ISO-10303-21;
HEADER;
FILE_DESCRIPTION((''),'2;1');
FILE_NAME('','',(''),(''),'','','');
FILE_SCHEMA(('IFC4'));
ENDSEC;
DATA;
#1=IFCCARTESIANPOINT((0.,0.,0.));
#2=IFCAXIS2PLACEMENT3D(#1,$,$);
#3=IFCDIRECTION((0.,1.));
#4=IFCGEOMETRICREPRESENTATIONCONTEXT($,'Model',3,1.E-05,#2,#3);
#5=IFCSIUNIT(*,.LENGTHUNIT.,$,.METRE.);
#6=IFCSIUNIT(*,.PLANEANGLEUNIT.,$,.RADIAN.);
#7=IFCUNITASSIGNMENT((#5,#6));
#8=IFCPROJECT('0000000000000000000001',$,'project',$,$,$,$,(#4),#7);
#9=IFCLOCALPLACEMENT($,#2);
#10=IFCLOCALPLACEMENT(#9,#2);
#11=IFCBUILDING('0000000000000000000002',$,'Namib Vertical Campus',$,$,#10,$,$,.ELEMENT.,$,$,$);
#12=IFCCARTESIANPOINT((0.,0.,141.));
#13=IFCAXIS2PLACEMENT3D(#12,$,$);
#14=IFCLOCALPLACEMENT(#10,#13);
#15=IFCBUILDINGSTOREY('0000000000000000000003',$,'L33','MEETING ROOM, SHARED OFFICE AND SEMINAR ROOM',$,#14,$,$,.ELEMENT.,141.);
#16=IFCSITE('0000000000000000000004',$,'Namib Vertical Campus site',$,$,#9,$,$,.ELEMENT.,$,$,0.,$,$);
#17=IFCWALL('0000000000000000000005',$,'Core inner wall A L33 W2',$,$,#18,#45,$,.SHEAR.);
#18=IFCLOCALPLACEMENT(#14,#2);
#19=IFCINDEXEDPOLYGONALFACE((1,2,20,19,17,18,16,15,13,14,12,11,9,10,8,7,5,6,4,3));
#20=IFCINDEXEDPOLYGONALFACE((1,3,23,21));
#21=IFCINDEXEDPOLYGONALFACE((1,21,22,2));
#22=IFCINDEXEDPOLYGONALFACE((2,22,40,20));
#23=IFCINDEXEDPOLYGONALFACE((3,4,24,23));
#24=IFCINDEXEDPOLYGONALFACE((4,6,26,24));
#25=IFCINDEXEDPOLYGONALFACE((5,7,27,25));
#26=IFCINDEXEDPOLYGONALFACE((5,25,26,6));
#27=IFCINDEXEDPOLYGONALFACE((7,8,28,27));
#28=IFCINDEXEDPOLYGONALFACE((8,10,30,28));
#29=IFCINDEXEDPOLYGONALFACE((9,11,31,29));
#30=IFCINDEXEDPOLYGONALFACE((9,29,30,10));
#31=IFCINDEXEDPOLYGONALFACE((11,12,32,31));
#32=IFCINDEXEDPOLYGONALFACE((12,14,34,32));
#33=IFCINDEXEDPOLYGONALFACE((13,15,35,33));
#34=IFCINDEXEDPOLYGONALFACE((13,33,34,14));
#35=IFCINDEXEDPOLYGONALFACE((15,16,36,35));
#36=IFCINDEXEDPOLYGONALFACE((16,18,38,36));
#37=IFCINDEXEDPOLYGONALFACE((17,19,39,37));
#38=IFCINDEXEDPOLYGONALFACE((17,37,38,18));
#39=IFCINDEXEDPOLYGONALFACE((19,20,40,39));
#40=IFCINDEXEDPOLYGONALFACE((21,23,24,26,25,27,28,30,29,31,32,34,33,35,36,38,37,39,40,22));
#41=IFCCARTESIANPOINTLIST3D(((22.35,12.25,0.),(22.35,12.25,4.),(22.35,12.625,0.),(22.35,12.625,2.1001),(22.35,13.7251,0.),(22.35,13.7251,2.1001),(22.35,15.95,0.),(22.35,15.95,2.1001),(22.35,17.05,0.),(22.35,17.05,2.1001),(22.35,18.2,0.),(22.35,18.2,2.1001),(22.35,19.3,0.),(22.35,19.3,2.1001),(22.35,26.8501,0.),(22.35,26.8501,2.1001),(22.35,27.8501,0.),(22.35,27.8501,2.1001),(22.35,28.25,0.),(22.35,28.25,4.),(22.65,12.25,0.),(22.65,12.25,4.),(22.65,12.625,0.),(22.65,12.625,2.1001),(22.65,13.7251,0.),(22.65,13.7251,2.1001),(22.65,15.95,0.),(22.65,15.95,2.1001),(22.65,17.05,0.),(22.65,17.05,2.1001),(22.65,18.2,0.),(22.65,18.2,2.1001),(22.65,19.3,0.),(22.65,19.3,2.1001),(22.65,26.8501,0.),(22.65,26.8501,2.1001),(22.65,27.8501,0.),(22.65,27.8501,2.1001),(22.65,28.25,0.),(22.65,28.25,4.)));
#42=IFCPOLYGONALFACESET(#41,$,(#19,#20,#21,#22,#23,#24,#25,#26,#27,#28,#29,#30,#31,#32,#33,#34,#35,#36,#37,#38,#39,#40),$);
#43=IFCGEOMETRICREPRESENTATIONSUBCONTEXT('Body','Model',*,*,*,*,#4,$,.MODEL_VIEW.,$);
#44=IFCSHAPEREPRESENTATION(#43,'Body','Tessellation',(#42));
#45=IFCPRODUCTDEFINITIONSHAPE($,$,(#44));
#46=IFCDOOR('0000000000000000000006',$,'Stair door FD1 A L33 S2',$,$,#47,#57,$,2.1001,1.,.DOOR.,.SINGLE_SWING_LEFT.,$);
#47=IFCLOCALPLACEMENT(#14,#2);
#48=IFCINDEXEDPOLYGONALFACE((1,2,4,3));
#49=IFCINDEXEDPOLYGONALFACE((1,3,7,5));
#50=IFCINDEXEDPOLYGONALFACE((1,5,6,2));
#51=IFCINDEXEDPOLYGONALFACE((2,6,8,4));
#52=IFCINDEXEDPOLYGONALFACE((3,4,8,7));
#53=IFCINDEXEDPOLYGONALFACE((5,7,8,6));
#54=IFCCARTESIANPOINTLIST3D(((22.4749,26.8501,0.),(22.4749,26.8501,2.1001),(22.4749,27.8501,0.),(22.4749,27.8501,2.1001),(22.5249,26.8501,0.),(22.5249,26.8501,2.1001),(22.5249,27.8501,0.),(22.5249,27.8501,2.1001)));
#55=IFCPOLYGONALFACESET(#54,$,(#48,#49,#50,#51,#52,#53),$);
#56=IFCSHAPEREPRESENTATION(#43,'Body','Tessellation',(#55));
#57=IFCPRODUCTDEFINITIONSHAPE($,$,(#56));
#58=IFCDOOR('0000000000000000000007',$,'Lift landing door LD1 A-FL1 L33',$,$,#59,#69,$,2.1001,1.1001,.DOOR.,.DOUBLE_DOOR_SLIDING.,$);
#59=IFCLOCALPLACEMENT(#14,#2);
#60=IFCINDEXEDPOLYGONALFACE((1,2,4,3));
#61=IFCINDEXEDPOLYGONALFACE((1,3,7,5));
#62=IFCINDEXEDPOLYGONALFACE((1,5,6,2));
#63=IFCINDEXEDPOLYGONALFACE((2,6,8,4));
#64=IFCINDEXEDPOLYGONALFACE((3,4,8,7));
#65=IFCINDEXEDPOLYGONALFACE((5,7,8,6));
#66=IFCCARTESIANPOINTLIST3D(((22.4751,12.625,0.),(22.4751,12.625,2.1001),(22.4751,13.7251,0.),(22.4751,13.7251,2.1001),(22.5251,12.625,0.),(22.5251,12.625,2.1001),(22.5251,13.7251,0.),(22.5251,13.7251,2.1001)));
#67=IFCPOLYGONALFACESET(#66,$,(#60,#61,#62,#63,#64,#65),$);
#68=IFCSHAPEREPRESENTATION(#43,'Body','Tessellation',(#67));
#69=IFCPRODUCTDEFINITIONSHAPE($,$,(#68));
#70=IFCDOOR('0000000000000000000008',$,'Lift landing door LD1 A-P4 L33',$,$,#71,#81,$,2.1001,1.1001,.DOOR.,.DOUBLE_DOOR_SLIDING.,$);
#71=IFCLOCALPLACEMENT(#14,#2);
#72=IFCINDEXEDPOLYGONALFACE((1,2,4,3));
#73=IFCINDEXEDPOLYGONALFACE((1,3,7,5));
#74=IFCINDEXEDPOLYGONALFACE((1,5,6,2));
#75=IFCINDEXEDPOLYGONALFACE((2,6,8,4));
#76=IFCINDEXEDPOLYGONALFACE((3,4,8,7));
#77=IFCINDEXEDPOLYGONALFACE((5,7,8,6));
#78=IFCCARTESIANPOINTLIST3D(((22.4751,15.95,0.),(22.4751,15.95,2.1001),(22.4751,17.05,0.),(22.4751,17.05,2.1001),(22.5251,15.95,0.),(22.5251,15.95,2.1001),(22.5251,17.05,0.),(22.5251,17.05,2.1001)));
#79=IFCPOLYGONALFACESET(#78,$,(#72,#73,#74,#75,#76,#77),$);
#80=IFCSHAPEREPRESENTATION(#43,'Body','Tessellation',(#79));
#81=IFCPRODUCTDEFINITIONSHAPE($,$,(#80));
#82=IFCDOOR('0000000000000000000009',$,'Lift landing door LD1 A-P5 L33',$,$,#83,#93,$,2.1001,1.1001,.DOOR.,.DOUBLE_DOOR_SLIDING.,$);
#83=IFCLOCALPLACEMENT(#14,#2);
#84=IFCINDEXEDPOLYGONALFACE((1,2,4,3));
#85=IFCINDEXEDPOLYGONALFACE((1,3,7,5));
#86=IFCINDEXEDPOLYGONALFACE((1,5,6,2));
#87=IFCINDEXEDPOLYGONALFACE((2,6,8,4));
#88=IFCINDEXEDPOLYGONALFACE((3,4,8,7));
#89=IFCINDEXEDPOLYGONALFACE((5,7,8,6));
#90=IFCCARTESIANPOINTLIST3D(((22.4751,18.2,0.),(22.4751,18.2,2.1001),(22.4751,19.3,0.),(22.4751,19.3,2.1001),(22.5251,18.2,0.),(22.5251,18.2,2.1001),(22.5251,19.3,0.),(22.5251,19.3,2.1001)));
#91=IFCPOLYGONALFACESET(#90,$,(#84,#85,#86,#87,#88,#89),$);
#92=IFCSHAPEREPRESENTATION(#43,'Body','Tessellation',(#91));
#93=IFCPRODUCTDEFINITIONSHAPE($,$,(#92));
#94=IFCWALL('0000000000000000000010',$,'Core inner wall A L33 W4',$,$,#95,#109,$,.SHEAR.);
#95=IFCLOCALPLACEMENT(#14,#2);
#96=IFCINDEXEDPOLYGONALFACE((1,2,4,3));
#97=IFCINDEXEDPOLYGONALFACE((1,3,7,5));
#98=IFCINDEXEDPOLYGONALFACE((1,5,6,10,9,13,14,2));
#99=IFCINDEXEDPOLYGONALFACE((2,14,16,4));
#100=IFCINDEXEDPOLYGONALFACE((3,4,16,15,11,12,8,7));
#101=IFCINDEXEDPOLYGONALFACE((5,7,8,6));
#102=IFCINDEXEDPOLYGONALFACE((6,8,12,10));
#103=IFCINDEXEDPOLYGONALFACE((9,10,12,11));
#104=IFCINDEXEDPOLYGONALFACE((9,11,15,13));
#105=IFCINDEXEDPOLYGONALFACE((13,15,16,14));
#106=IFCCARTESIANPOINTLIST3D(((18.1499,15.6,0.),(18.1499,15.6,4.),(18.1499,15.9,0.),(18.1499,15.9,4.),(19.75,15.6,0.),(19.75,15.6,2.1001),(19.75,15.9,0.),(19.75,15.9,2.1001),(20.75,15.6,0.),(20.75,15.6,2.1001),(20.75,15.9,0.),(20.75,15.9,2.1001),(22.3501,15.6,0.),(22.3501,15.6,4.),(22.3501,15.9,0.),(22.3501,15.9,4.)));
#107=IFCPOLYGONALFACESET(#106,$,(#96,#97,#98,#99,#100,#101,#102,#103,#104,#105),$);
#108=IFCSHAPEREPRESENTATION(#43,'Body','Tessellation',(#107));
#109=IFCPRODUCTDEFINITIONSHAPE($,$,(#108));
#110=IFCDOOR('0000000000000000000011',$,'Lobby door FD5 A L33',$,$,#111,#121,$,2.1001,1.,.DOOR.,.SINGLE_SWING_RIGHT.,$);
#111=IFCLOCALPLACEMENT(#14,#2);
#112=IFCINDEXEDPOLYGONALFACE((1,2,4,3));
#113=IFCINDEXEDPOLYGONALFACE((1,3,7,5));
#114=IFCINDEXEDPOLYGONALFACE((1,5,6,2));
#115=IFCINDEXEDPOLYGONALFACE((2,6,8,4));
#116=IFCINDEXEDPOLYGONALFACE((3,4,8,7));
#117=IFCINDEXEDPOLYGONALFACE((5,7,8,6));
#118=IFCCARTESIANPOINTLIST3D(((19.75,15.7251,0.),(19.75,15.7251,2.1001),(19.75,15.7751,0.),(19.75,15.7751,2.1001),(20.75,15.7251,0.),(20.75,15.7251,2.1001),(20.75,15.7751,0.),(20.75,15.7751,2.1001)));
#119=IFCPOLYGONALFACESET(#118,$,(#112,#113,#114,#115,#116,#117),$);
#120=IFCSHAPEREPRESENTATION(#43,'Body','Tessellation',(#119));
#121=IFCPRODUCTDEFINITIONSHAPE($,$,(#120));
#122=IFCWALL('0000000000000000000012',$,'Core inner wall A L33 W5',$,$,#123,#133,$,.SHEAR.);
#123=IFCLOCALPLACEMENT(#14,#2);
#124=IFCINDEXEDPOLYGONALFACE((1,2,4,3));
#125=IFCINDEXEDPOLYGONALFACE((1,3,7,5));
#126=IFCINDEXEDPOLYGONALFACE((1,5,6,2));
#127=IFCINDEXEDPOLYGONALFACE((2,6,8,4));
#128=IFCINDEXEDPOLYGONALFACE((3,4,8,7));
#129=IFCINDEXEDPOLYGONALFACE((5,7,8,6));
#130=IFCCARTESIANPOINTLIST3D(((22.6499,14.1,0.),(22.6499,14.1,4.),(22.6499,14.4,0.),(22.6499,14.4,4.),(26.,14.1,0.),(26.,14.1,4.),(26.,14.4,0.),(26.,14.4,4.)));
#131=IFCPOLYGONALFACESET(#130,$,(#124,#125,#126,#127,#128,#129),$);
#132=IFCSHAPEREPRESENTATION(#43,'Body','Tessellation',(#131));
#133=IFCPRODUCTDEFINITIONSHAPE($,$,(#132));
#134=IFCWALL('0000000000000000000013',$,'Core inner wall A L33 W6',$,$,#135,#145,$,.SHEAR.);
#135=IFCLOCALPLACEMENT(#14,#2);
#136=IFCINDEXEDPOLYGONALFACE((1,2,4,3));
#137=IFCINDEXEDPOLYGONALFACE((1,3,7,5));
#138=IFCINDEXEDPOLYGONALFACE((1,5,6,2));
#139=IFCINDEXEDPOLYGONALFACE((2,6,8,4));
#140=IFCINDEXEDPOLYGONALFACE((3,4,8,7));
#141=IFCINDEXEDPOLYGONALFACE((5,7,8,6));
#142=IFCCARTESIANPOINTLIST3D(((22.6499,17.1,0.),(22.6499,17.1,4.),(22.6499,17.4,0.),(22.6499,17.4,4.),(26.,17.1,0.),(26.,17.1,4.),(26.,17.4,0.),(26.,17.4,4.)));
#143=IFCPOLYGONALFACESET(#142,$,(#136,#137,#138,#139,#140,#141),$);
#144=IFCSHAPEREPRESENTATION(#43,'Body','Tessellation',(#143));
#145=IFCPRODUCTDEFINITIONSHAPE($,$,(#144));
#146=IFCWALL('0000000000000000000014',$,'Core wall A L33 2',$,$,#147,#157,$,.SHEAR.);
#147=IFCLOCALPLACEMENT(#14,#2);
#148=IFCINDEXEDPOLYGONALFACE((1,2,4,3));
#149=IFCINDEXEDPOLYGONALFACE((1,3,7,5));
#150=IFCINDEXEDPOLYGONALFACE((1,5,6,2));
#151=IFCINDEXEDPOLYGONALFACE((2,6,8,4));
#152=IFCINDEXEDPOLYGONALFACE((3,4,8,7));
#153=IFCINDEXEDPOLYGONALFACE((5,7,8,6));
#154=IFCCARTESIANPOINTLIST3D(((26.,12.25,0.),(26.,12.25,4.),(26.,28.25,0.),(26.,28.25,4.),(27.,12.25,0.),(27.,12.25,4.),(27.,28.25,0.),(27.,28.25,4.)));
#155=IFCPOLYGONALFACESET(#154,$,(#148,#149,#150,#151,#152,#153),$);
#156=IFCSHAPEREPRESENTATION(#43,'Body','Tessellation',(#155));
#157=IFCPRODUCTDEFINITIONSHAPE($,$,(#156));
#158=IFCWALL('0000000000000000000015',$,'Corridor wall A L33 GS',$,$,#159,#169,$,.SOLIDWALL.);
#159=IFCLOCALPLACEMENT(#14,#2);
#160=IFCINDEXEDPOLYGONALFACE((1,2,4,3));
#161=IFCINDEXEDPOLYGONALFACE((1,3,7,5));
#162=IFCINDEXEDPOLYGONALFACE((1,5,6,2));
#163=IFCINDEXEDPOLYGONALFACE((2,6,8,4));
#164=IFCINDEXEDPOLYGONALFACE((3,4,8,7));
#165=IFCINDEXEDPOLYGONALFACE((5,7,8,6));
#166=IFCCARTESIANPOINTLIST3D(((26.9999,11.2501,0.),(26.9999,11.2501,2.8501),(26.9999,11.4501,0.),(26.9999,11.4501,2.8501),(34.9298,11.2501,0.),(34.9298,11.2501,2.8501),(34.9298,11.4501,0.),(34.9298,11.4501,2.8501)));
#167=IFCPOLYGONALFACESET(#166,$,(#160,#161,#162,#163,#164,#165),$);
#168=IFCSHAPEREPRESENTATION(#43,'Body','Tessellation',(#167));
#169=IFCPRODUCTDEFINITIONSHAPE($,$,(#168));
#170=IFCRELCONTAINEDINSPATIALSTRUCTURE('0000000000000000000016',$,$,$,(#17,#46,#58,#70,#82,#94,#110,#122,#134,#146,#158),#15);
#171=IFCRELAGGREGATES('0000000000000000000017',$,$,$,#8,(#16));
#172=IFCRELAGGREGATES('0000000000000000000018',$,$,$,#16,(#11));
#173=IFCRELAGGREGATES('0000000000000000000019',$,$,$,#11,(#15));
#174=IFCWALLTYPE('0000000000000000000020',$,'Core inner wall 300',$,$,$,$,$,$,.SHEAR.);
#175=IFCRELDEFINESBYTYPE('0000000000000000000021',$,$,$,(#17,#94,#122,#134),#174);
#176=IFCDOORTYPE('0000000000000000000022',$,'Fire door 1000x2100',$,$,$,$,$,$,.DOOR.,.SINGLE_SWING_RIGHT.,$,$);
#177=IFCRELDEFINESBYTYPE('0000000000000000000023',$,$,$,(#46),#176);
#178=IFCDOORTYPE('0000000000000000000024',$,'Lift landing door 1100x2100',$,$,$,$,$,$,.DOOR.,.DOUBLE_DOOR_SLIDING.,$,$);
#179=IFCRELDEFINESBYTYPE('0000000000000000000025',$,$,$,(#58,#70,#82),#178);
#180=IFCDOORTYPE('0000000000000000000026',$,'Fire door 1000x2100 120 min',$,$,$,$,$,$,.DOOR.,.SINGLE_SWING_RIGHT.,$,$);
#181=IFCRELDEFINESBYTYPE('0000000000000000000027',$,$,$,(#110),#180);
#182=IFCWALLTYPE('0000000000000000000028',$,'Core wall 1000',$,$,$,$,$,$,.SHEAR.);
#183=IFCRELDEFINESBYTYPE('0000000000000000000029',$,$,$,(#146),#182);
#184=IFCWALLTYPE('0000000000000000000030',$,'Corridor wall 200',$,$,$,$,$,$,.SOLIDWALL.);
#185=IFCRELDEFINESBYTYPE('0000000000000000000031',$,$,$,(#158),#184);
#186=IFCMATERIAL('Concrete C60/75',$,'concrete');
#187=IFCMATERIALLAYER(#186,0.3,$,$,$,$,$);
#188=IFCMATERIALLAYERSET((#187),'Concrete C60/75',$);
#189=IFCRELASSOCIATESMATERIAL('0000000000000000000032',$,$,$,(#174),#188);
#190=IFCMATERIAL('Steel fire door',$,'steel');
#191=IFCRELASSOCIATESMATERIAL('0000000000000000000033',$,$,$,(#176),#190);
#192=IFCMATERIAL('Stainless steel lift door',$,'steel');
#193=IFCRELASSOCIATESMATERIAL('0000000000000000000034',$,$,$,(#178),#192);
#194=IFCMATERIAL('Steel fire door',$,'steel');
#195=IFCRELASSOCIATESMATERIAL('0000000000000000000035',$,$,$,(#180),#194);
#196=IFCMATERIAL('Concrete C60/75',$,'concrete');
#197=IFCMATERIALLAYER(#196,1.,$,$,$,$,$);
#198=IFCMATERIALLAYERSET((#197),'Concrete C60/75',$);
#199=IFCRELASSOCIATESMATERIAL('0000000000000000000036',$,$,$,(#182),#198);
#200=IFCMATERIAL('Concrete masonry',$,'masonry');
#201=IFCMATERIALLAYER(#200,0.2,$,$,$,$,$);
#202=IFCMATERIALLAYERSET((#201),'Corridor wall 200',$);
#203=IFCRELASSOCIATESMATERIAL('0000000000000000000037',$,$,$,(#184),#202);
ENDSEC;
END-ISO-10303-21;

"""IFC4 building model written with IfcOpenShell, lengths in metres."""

from ifc_helpers import new_model, si_unit, direction, frame, frame_2d, origin, place, context, subcontext, project, spatial, rectangle, extrude, material, layer, layer_set, type_object, element, fill, save


model = new_model("IFC4")

# Units and contexts
model_context = context("Model", 3, precision=1e-05, world=origin(), true_north=direction((0.0, 1.0)))
body_context = subcontext(model_context, "Body", "Model", "MODEL_VIEW")
ifc_project = project(units=[si_unit("LENGTHUNIT", "METRE"), si_unit("PLANEANGLEUNIT", "RADIAN")], contexts=[model_context])

# Site, building, storey
site_placement = place(None, origin())
site = spatial("IfcSite", under=ifc_project, at=site_placement, Name="Namib Vertical Campus site", CompositionType="ELEMENT", RefElevation=0.0)
building_placement = place(site_placement, origin())
building = spatial("IfcBuilding", under=site, at=building_placement, Name="Namib Vertical Campus", CompositionType="ELEMENT")
storey_placement = place(building_placement, frame((0.0, 0.0, 141.0)))
storey = spatial("IfcBuildingStorey", under=building, at=storey_placement, Name="L33", Description="MEETING ROOM, SHARED OFFICE AND SEMINAR ROOM", CompositionType="ELEMENT", Elevation=141.0)

# Wall, openings, doors
ifc_material_1 = material(Name="Concrete C60/75", Category="concrete")
ifc_layer_1 = layer(ifc_material_1, 0.3)
ifc_layer_set_1 = layer_set([ifc_layer_1], Name="Concrete C60/75")
wall_type_1 = type_object("IfcWallType", Name="Core inner wall 300", PredefinedType="SHEAR", material=ifc_layer_set_1)
ifc_material_2 = material(Name="Steel fire door", Category="steel")
door_type_1 = type_object("IfcDoorType", Name="Fire door 1000x2100", OperationType="SINGLE_SWING_RIGHT", PredefinedType="DOOR", material=ifc_material_2)
ifc_material_3 = material(Name="Stainless steel lift door", Category="steel")
door_type_2 = type_object("IfcDoorType", Name="Lift landing door 1100x2100", OperationType="DOUBLE_DOOR_SLIDING", PredefinedType="DOOR", material=ifc_material_3)
wall_1_placement = place(storey_placement, frame((22.5, 12.25, 0.0), z_axis=(0.0, 0.0, 1.0), x_axis=(0.0, 1.0, 0.0)))
wall_1 = element("IfcWall", 1, at=wall_1_placement, inside=storey, type_object=wall_type_1, Name="Core inner wall A L33 W2", PredefinedType="SHEAR", context=body_context, shape_type="SweptSolid", body=[
    extrude(rectangle(XDim=16.0, YDim=0.3, at=frame_2d((8.0, 0.0))), origin(), (0.0, 0.0, 1.0), 4.0),
])
opening_1_placement = place(wall_1_placement, frame((14.6001, 0.0, 0.0)))
opening_1 = element("IfcOpeningElement", 2, at=opening_1_placement, cuts=wall_1, PredefinedType="OPENING", context=body_context, shape_type="SweptSolid", body=[
    extrude(rectangle(XDim=1.0, YDim=2.1001, at=frame_2d((0.5, 1.05))), frame((0.0, 0.1599, 0.0), z_axis=(0.0, -1.0, 0.0), x_axis=(1.0, 0.0, 0.0)), (0.0, 0.0, 1.0), 0.3201),
])
opening_2_placement = place(wall_1_placement, frame((0.375, 0.0, 0.0)))
opening_2 = element("IfcOpeningElement", 3, at=opening_2_placement, cuts=wall_1, PredefinedType="OPENING", context=body_context, shape_type="SweptSolid", body=[
    extrude(rectangle(XDim=1.1001, YDim=2.1001, at=frame_2d((0.55, 1.05))), frame((0.0, 0.1599, 0.0), z_axis=(0.0, -1.0, 0.0), x_axis=(1.0, 0.0, 0.0)), (0.0, 0.0, 1.0), 0.3201),
])
opening_3_placement = place(wall_1_placement, frame((3.7, 0.0, 0.0)))
opening_3 = element("IfcOpeningElement", 4, at=opening_3_placement, cuts=wall_1, PredefinedType="OPENING", context=body_context, shape_type="SweptSolid", body=[
    extrude(rectangle(XDim=1.1001, YDim=2.1001, at=frame_2d((0.55, 1.05))), frame((0.0, 0.1599, 0.0), z_axis=(0.0, -1.0, 0.0), x_axis=(1.0, 0.0, 0.0)), (0.0, 0.0, 1.0), 0.3201),
])
opening_4_placement = place(wall_1_placement, frame((5.95, 0.0, 0.0)))
opening_4 = element("IfcOpeningElement", 5, at=opening_4_placement, cuts=wall_1, PredefinedType="OPENING", context=body_context, shape_type="SweptSolid", body=[
    extrude(rectangle(XDim=1.1001, YDim=2.1001, at=frame_2d((0.55, 1.05))), frame((0.0, 0.1599, 0.0), z_axis=(0.0, -1.0, 0.0), x_axis=(1.0, 0.0, 0.0)), (0.0, 0.0, 1.0), 0.3201),
])
door_1_placement = place(opening_1_placement, frame((1.0, 0.0, 0.0), z_axis=(0.0, 0.0, 1.0), x_axis=(-1.0, 0.0, 0.0)))
door_1 = element("IfcDoor", 6, at=door_1_placement, inside=storey, type_object=door_type_1, Name="Stair door FD1 A L33 S2", OperationType="SINGLE_SWING_LEFT", OverallHeight=2.1001, OverallWidth=1.0, PredefinedType="DOOR", context=body_context, shape_type="SweptSolid", body=[
    extrude(rectangle(XDim=1.0, YDim=2.1001, at=frame_2d((0.5, 1.05))), frame((0.0, 0.0249, 0.0), z_axis=(0.0, -1.0, 0.0), x_axis=(1.0, 0.0, 0.0)), (0.0, 0.0, 1.0), 0.05),
])
fill(opening_1, door_1)
door_2_placement = place(opening_2_placement, origin())
door_2 = element("IfcDoor", 7, at=door_2_placement, inside=storey, type_object=door_type_2, Name="Lift landing door LD1 A-FL1 L33", OperationType="DOUBLE_DOOR_SLIDING", OverallHeight=2.1001, OverallWidth=1.1001, PredefinedType="DOOR", context=body_context, shape_type="SweptSolid", body=[
    extrude(rectangle(XDim=1.1001, YDim=2.1001, at=frame_2d((0.55, 1.05))), frame((0.0, 0.0249, 0.0), z_axis=(0.0, -1.0, 0.0), x_axis=(1.0, 0.0, 0.0)), (0.0, 0.0, 1.0), 0.05),
])
fill(opening_2, door_2)
door_3_placement = place(opening_3_placement, origin())
door_3 = element("IfcDoor", 8, at=door_3_placement, inside=storey, type_object=door_type_2, Name="Lift landing door LD1 A-P4 L33", OperationType="DOUBLE_DOOR_SLIDING", OverallHeight=2.1001, OverallWidth=1.1001, PredefinedType="DOOR", context=body_context, shape_type="SweptSolid", body=[
    extrude(rectangle(XDim=1.1001, YDim=2.1001, at=frame_2d((0.55, 1.05))), frame((0.0, 0.0249, 0.0), z_axis=(0.0, -1.0, 0.0), x_axis=(1.0, 0.0, 0.0)), (0.0, 0.0, 1.0), 0.05),
])
fill(opening_3, door_3)
door_4_placement = place(opening_4_placement, origin())
door_4 = element("IfcDoor", 9, at=door_4_placement, inside=storey, type_object=door_type_2, Name="Lift landing door LD1 A-P5 L33", OperationType="DOUBLE_DOOR_SLIDING", OverallHeight=2.1001, OverallWidth=1.1001, PredefinedType="DOOR", context=body_context, shape_type="SweptSolid", body=[
    extrude(rectangle(XDim=1.1001, YDim=2.1001, at=frame_2d((0.55, 1.05))), frame((0.0, 0.0249, 0.0), z_axis=(0.0, -1.0, 0.0), x_axis=(1.0, 0.0, 0.0)), (0.0, 0.0, 1.0), 0.05),
])
fill(opening_4, door_4)

# Wall, opening, door
wall_2_placement = place(storey_placement, frame((18.1499, 15.75, 0.0), z_axis=(0.0, 0.0, 1.0), x_axis=(1.0, 0.0, 0.0)))
wall_2 = element("IfcWall", 10, at=wall_2_placement, inside=storey, type_object=wall_type_1, Name="Core inner wall A L33 W4", PredefinedType="SHEAR", context=body_context, shape_type="SweptSolid", body=[
    extrude(rectangle(XDim=4.2002, YDim=0.3, at=frame_2d((2.1001, 0.0))), origin(), (0.0, 0.0, 1.0), 4.0),
])
opening_5_placement = place(wall_2_placement, frame((1.6001, 0.0, 0.0)))
opening_5 = element("IfcOpeningElement", 11, at=opening_5_placement, cuts=wall_2, PredefinedType="OPENING", context=body_context, shape_type="SweptSolid", body=[
    extrude(rectangle(XDim=1.0, YDim=2.1001, at=frame_2d((0.5, 1.05))), frame((0.0, 0.1599, 0.0), z_axis=(0.0, -1.0, 0.0), x_axis=(1.0, 0.0, 0.0)), (0.0, 0.0, 1.0), 0.3201),
])
ifc_material_4 = material(Name="Steel fire door", Category="steel")
door_type_3 = type_object("IfcDoorType", Name="Fire door 1000x2100 120 min", OperationType="SINGLE_SWING_RIGHT", PredefinedType="DOOR", material=ifc_material_4)
door_5_placement = place(opening_5_placement, frame((1.0, 0.0, 0.0), z_axis=(0.0, 0.0, 1.0), x_axis=(-1.0, 0.0, 0.0)))
door_5 = element("IfcDoor", 12, at=door_5_placement, inside=storey, type_object=door_type_3, Name="Lobby door FD5 A L33", OperationType="SINGLE_SWING_RIGHT", OverallHeight=2.1001, OverallWidth=1.0, PredefinedType="DOOR", context=body_context, shape_type="SweptSolid", body=[
    extrude(rectangle(XDim=1.0, YDim=2.1001, at=frame_2d((0.5, 1.05))), frame((0.0, 0.0249, 0.0), z_axis=(0.0, -1.0, 0.0), x_axis=(1.0, 0.0, 0.0)), (0.0, 0.0, 1.0), 0.05),
])
fill(opening_5, door_5)

# Walls
for number, where, z_axis, x_axis, name in (
    (13, (22.6499, 14.25, 0.0), (0.0, 0.0, 1.0), (1.0, 0.0, 0.0), "Core inner wall A L33 W5"),
    (14, (22.6499, 17.25, 0.0), (0.0, 0.0, 1.0), (1.0, 0.0, 0.0), "Core inner wall A L33 W6"),
):
    element("IfcWall", number, at=place(storey_placement, frame(where, z_axis=z_axis, x_axis=x_axis)), inside=storey, type_object=wall_type_1, Name=name, PredefinedType="SHEAR", context=body_context, shape_type="SweptSolid", body=[
        extrude(rectangle(XDim=3.3501, YDim=0.3, at=frame_2d((1.675, 0.0))), origin(), (0.0, 0.0, 1.0), 4.0),
    ])
ifc_material_5 = material(Name="Concrete C60/75", Category="concrete")
ifc_layer_2 = layer(ifc_material_5, 1.0)
ifc_layer_set_2 = layer_set([ifc_layer_2], Name="Concrete C60/75")
wall_type_2 = type_object("IfcWallType", Name="Core wall 1000", PredefinedType="SHEAR", material=ifc_layer_set_2)
wall_3_placement = place(storey_placement, frame((26.5, 12.25, 0.0), z_axis=(0.0, 0.0, 1.0), x_axis=(0.0, 1.0, 0.0)))
element("IfcWall", 15, at=wall_3_placement, inside=storey, type_object=wall_type_2, Name="Core wall A L33 2", PredefinedType="SHEAR", context=body_context, shape_type="SweptSolid", body=[
    extrude(rectangle(XDim=16.0, YDim=1.0, at=frame_2d((8.0, 0.0))), origin(), (0.0, 0.0, 1.0), 4.0),
])
ifc_material_6 = material(Name="Concrete masonry", Category="masonry")
ifc_layer_3 = layer(ifc_material_6, 0.2)
ifc_layer_set_3 = layer_set([ifc_layer_3], Name="Corridor wall 200")
wall_type_3 = type_object("IfcWallType", Name="Corridor wall 200", PredefinedType="SOLIDWALL", material=ifc_layer_set_3)
wall_4_placement = place(storey_placement, frame((27.0, 11.3501, 0.0), z_axis=(0.0, 0.0, 1.0), x_axis=(1.0, 0.0, 0.0)))
element("IfcWall", 16, at=wall_4_placement, inside=storey, type_object=wall_type_3, Name="Corridor wall A L33 GS", PredefinedType="SOLIDWALL", context=body_context, shape_type="SweptSolid", body=[
    extrude(rectangle(XDim=7.9299, YDim=0.2, at=frame_2d((3.9648, 0.0))), origin(), (0.0, 0.0, 1.0), 2.8501),
])

save(model, "model.ifc")
